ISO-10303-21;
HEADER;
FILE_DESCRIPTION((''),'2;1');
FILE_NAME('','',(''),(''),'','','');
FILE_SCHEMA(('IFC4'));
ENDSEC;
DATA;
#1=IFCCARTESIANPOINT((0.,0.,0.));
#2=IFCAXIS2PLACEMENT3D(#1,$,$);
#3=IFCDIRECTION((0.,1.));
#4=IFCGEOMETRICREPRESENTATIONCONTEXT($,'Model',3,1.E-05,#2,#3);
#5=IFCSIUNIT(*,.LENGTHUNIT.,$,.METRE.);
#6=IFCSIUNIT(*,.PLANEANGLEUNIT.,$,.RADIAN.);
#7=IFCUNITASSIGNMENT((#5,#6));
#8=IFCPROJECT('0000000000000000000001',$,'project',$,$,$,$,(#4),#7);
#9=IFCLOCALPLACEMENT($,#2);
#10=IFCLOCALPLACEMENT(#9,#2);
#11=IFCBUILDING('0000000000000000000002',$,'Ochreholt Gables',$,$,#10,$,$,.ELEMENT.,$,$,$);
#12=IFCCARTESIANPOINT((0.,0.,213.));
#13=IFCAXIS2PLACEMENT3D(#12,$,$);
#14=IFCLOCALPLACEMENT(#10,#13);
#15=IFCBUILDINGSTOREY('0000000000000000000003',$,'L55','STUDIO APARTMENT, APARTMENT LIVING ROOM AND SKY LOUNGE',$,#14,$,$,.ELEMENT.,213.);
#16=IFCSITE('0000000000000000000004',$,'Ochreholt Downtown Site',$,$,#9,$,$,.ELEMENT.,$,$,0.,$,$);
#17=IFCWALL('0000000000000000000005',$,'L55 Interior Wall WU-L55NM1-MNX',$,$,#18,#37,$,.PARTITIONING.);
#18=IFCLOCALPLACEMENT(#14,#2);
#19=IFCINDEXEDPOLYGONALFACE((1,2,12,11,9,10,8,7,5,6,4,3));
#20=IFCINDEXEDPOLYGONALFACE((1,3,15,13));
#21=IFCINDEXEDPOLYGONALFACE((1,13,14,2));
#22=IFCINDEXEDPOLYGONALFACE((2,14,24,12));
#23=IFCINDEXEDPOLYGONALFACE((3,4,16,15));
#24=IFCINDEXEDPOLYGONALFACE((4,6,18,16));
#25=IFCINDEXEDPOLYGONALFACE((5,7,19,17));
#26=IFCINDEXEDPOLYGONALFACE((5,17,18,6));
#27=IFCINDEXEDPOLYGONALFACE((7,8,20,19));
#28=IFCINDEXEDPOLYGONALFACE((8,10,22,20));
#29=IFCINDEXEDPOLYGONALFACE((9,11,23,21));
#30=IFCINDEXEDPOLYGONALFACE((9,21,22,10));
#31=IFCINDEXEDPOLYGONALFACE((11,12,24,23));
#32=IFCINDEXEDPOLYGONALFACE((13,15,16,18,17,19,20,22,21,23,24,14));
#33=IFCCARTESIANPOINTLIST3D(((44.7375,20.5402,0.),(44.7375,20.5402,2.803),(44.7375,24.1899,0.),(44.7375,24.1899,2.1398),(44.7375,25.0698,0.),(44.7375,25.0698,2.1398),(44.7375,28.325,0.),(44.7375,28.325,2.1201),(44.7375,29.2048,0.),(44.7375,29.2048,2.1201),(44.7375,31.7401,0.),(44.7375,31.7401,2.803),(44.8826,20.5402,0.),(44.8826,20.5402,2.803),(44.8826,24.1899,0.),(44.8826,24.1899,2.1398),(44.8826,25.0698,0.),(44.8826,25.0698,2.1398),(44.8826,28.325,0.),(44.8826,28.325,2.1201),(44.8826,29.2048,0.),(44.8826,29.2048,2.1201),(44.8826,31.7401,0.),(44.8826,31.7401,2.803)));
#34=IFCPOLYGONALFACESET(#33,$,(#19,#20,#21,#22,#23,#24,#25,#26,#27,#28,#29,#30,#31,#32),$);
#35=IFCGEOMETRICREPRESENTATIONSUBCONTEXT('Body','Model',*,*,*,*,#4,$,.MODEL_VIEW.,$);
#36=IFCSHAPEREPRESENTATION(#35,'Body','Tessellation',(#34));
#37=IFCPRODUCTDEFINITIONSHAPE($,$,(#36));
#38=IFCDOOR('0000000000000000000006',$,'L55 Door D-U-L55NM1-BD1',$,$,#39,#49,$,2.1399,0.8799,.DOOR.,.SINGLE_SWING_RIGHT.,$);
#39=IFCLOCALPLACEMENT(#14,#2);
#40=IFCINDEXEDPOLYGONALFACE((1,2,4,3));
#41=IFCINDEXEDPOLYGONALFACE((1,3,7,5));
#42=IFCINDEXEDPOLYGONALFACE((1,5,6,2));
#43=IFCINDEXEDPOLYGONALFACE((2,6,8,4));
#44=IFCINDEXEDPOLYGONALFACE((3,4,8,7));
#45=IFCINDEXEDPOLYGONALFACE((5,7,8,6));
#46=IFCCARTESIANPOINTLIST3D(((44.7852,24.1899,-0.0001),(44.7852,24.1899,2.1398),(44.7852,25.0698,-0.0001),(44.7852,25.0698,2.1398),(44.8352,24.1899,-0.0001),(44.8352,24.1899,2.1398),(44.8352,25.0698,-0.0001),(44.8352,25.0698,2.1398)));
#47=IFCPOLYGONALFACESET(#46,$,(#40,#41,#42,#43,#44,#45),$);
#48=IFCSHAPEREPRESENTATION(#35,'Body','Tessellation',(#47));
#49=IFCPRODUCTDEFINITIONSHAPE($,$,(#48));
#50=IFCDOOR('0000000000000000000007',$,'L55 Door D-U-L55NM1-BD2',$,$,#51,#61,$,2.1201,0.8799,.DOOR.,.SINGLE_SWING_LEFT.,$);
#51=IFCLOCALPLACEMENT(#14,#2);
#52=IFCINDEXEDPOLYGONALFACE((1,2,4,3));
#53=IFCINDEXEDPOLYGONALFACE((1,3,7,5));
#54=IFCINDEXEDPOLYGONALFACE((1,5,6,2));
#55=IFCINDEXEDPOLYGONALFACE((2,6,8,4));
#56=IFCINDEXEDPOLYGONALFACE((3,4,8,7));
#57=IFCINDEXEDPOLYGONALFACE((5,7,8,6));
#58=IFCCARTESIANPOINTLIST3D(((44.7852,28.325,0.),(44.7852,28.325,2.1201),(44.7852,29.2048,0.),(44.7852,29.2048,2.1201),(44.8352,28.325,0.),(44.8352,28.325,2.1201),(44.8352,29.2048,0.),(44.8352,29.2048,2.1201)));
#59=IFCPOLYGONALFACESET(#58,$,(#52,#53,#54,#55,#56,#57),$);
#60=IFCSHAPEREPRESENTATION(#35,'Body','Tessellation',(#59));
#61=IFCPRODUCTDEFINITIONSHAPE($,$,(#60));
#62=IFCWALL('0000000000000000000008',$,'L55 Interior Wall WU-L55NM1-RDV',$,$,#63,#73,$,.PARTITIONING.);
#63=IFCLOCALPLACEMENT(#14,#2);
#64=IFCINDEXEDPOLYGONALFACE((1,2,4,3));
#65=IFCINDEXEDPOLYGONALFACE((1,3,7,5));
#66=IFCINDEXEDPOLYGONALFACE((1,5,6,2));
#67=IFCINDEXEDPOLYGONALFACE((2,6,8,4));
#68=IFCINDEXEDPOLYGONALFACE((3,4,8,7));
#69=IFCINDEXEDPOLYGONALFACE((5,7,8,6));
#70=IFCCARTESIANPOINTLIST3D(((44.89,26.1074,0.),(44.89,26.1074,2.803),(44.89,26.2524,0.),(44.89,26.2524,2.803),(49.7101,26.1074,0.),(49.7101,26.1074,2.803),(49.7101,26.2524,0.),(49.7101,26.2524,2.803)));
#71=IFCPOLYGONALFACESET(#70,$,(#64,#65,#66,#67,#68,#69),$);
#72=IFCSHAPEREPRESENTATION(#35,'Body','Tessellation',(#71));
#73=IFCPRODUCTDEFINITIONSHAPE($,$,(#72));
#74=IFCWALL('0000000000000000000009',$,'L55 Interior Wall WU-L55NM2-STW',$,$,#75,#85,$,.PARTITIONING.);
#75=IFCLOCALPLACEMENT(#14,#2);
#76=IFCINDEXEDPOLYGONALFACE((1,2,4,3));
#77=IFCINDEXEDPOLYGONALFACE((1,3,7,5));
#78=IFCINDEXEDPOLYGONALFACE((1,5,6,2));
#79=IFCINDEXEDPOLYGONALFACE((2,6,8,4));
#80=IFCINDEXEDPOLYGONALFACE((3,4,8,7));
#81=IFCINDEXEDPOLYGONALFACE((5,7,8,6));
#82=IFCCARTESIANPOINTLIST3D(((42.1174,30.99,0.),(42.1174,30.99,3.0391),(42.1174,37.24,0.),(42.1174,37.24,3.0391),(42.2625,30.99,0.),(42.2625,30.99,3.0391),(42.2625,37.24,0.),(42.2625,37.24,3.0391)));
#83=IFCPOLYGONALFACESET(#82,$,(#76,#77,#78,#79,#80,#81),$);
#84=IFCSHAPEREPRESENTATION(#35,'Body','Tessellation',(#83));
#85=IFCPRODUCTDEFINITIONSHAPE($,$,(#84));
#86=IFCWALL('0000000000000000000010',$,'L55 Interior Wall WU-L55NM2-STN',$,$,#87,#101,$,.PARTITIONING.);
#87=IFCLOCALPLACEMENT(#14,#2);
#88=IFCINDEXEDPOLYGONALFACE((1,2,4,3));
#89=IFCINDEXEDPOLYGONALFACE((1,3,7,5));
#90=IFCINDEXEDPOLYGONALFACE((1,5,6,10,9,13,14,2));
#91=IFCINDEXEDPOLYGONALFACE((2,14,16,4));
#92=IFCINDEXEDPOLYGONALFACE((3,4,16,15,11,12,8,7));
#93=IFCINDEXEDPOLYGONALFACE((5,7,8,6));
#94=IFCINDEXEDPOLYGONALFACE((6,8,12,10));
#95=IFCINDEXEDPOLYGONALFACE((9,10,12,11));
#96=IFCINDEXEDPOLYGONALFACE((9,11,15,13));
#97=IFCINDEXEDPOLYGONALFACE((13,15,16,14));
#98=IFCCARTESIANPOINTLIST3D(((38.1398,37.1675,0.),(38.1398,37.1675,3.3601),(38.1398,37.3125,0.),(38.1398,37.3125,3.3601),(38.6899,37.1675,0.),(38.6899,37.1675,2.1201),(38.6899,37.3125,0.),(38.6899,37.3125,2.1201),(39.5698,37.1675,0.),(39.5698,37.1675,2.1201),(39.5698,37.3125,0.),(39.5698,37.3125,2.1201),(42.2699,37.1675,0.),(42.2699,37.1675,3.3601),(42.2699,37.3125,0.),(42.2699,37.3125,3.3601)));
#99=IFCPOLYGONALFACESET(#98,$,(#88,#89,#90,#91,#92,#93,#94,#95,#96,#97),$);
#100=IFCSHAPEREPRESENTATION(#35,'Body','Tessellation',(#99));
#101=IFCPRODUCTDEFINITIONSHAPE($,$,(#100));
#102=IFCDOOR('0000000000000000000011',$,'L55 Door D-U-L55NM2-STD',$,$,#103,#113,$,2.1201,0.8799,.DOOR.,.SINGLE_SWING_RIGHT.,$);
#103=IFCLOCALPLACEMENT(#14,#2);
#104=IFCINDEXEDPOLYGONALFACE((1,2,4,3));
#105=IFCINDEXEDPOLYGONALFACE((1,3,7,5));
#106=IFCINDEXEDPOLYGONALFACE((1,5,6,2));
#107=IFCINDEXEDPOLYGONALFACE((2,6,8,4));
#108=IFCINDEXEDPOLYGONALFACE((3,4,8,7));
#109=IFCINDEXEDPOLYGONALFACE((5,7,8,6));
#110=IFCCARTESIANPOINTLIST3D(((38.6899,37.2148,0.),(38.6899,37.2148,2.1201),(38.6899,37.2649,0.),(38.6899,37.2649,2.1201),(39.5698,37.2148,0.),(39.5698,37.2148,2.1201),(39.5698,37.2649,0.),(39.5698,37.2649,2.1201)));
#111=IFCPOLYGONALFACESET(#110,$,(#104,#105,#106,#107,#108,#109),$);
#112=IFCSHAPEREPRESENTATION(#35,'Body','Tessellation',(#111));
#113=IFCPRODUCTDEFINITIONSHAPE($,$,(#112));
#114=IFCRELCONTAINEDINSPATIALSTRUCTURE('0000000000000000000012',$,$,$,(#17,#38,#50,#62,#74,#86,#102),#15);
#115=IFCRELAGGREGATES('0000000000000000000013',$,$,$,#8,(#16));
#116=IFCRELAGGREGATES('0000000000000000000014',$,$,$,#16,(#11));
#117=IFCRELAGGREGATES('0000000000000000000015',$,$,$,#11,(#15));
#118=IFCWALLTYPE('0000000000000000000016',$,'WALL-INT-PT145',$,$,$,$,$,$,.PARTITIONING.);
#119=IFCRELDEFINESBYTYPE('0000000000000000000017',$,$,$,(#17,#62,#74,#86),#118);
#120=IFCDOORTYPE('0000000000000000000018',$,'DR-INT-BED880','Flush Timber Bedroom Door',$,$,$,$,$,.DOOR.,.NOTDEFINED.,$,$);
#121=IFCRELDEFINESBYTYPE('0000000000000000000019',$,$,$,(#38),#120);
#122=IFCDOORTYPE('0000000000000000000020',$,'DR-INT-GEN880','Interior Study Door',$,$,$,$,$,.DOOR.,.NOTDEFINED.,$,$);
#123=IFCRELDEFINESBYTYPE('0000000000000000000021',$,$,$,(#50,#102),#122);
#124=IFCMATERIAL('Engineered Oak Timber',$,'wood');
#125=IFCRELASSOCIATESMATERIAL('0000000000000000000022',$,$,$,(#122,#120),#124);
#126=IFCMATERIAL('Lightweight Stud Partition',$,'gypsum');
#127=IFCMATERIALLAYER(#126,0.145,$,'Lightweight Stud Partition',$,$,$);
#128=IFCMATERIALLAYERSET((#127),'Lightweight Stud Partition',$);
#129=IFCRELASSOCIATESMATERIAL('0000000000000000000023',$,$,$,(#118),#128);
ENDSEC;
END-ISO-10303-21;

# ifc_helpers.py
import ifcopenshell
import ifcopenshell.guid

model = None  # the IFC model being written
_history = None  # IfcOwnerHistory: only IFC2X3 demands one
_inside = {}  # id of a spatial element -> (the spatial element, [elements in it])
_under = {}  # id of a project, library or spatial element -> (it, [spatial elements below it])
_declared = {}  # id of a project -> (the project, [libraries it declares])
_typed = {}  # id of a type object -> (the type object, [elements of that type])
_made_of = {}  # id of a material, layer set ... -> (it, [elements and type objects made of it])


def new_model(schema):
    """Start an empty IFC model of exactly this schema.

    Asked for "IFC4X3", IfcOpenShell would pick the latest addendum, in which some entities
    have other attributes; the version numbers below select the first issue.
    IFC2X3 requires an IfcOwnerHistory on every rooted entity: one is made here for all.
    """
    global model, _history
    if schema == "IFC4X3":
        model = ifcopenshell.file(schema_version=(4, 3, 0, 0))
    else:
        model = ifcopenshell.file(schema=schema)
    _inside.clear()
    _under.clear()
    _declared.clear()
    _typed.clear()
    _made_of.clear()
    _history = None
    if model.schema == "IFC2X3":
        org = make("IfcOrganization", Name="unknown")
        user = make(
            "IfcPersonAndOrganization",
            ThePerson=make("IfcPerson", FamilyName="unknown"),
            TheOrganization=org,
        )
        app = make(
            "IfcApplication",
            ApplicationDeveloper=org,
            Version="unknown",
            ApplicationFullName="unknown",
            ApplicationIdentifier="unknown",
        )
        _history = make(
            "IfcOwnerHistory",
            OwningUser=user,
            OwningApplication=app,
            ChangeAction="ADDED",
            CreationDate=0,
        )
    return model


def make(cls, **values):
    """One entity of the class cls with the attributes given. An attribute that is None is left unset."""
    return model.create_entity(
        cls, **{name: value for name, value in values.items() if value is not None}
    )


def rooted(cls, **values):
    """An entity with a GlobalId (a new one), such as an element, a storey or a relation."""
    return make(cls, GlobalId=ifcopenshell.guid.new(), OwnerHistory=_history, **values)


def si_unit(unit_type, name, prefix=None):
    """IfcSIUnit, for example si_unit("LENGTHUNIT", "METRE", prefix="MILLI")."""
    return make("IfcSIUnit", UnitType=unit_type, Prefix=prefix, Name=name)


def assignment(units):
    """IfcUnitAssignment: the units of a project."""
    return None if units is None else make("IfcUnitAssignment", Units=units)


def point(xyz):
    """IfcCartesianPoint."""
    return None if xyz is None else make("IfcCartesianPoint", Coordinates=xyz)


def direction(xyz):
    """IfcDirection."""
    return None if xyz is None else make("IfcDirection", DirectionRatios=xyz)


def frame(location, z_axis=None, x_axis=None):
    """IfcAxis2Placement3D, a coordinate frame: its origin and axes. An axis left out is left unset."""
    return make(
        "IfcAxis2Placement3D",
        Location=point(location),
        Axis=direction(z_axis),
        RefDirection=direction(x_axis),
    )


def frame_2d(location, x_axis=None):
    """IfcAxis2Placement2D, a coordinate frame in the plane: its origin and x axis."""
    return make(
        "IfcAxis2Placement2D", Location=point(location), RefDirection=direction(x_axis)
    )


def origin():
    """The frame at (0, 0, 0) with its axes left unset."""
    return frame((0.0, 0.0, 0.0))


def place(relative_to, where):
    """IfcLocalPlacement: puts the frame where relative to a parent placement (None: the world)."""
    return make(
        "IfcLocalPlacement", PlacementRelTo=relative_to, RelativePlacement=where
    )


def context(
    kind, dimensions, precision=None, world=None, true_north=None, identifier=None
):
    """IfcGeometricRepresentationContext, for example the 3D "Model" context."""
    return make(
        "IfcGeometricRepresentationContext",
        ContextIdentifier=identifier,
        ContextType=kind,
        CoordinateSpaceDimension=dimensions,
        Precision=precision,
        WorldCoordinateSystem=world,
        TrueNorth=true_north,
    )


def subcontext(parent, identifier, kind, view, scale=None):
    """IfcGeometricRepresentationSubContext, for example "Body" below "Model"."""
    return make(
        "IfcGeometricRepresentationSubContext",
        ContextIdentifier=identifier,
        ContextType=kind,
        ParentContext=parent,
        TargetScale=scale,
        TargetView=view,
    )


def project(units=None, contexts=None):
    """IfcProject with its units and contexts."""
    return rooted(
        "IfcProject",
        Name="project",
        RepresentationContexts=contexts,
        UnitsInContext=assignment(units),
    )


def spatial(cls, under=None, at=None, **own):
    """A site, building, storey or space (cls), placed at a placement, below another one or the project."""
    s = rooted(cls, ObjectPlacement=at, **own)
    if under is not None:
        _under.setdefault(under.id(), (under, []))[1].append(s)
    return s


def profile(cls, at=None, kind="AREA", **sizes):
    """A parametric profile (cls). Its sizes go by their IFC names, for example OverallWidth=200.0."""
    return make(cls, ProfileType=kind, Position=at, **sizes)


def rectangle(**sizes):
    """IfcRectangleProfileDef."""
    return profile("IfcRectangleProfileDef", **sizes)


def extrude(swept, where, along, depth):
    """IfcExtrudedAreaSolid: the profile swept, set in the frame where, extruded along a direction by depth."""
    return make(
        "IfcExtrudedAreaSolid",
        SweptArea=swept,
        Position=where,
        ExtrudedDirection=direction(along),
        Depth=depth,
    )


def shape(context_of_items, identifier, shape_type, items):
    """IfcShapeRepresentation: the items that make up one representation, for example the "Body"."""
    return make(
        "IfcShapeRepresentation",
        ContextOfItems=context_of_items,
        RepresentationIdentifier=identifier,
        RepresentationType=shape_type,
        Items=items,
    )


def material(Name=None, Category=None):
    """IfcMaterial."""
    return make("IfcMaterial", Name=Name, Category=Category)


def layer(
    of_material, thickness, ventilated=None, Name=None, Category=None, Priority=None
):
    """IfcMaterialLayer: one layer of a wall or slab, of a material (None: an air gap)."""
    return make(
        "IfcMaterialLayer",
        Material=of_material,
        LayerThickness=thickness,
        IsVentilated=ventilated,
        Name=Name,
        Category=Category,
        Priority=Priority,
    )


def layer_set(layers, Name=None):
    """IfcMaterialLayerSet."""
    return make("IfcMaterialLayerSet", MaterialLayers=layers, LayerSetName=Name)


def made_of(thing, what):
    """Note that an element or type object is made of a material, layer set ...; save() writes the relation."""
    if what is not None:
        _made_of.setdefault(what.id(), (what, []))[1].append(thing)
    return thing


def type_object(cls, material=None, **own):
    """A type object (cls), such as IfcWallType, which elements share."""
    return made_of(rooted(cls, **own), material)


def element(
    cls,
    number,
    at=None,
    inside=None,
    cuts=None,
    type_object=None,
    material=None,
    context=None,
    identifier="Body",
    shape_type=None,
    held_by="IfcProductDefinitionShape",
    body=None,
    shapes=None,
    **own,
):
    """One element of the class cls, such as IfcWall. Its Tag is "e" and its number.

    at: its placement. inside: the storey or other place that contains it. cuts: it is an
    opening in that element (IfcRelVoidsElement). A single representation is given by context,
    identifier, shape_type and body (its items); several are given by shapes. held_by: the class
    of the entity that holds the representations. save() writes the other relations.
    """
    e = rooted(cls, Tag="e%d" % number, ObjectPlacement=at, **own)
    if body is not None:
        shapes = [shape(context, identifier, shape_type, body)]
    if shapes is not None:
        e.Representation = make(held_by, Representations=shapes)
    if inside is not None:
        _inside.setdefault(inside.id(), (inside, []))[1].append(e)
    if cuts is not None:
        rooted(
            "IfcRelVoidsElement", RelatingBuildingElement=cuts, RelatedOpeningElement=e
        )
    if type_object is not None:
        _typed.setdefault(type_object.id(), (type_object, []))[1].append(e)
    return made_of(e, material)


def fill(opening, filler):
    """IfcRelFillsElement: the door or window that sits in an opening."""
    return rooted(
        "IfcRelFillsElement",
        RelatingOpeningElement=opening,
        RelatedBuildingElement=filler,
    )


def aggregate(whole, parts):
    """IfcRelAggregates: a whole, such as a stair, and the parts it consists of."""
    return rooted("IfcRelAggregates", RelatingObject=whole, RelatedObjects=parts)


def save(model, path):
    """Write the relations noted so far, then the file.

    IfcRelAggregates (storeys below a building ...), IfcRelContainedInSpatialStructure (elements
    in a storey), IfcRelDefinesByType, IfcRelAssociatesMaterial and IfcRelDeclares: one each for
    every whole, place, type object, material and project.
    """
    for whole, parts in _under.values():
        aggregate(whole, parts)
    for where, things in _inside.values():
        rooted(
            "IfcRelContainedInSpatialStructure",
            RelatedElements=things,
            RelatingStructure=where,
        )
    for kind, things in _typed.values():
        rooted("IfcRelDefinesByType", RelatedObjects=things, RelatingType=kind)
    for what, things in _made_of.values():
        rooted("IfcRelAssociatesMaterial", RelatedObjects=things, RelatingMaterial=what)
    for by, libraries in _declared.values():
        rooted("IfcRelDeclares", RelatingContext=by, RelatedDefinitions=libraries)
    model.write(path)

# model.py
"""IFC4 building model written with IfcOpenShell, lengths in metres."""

from ifc_helpers import new_model, si_unit, direction, frame, frame_2d, origin, place, context, subcontext, project, spatial, rectangle, extrude, material, layer, layer_set, type_object, element, fill, save


model = new_model("IFC4")

# Units and contexts
model_context = context("Model", 3, precision=1e-05, world=origin(), true_north=direction((0.0, 1.0)))
body_context = subcontext(model_context, "Body", "Model", "MODEL_VIEW")
ifc_project = project(units=[si_unit("LENGTHUNIT", "METRE"), si_unit("PLANEANGLEUNIT", "RADIAN")], contexts=[model_context])

# Site, building, storey
site_placement = place(None, origin())
site = spatial("IfcSite", under=ifc_project, at=site_placement, Name="Ochreholt Downtown Site", CompositionType="ELEMENT", RefElevation=0.0)
building_placement = place(site_placement, origin())
building = spatial("IfcBuilding", under=site, at=building_placement, Name="Ochreholt Gables", CompositionType="ELEMENT")
storey_placement = place(building_placement, frame((0.0, 0.0, 213.0)))
storey = spatial("IfcBuildingStorey", under=building, at=storey_placement, Name="L55", Description="STUDIO APARTMENT, APARTMENT LIVING ROOM AND SKY LOUNGE", CompositionType="ELEMENT", Elevation=213.0)

# Shared definitions
ifc_material_1 = material(Name="Engineered Oak Timber", Category="wood")
door_type_1 = type_object("IfcDoorType", Name="DR-INT-GEN880", Description="Interior Study Door", OperationType="NOTDEFINED", PredefinedType="DOOR", material=ifc_material_1)

# Shared definitions
ifc_material_2 = material(Name="Lightweight Stud Partition", Category="gypsum")
ifc_layer_1 = layer(ifc_material_2, 0.145, Name="Lightweight Stud Partition")
ifc_layer_set_1 = layer_set([ifc_layer_1], Name="Lightweight Stud Partition")
wall_type_1 = type_object("IfcWallType", Name="WALL-INT-PT145", PredefinedType="PARTITIONING", material=ifc_layer_set_1)

# Wall, openings, doors
wall_1_placement = place(storey_placement, frame((44.8101, 20.54, 0.0), z_axis=(0.0, 0.0, 1.0), x_axis=(0.0, 1.0, 0.0)))
wall_1 = element("IfcWall", 1, at=wall_1_placement, inside=storey, type_object=wall_type_1, Name="L55 Interior Wall WU-L55NM1-MNX", PredefinedType="PARTITIONING", context=body_context, shape_type="SweptSolid", body=[
    extrude(rectangle(XDim=11.2, YDim=0.145, at=frame_2d((5.6001, 0.0))), origin(), (0.0, 0.0, 1.0), 2.803),
])
opening_1_placement = place(wall_1_placement, frame((3.6499, 0.0, 0.0)))
opening_1 = element("IfcOpeningElement", 2, at=opening_1_placement, cuts=wall_1, PredefinedType="OPENING", context=body_context, shape_type="SweptSolid", body=[
    extrude(rectangle(XDim=0.8799, YDim=2.1399, at=frame_2d((0.4399, 1.0698))), frame((0.0, 0.0825, 0.0), z_axis=(0.0, -1.0, 0.0), x_axis=(1.0, 0.0, 0.0)), (0.0, 0.0, 1.0), 0.165),
])
opening_2_placement = place(wall_1_placement, frame((7.7849, 0.0, 0.0)))
opening_2 = element("IfcOpeningElement", 3, at=opening_2_placement, cuts=wall_1, PredefinedType="OPENING", context=body_context, shape_type="SweptSolid", body=[
    extrude(rectangle(XDim=0.8799, YDim=2.1201, at=frame_2d((0.4399, 1.0601))), frame((0.0, 0.0825, 0.0), z_axis=(0.0, -1.0, 0.0), x_axis=(1.0, 0.0, 0.0)), (0.0, 0.0, 1.0), 0.165),
])
door_type_2 = type_object("IfcDoorType", Name="DR-INT-BED880", Description="Flush Timber Bedroom Door", OperationType="NOTDEFINED", PredefinedType="DOOR", material=ifc_material_1)
door_1_placement = place(opening_1_placement, origin())
door_1 = element("IfcDoor", 4, at=door_1_placement, inside=storey, type_object=door_type_2, Name="L55 Door D-U-L55NM1-BD1", OperationType="SINGLE_SWING_RIGHT", OverallHeight=2.1399, OverallWidth=0.8799, PredefinedType="DOOR", context=body_context, shape_type="SweptSolid", body=[
    extrude(rectangle(XDim=0.8799, YDim=2.1399, at=frame_2d((0.4399, 1.0698))), frame((0.0, 0.0249, 0.0), z_axis=(0.0, -1.0, 0.0), x_axis=(1.0, 0.0, 0.0)), (0.0, 0.0, 1.0), 0.05),
])
fill(opening_1, door_1)
door_2_placement = place(opening_2_placement, origin())
door_2 = element("IfcDoor", 5, at=door_2_placement, inside=storey, type_object=door_type_1, Name="L55 Door D-U-L55NM1-BD2", OperationType="SINGLE_SWING_LEFT", OverallHeight=2.1201, OverallWidth=0.8799, PredefinedType="DOOR", context=body_context, shape_type="SweptSolid", body=[
    extrude(rectangle(XDim=0.8799, YDim=2.1201, at=frame_2d((0.4399, 1.0601))), frame((0.0, 0.0249, 0.0), z_axis=(0.0, -1.0, 0.0), x_axis=(1.0, 0.0, 0.0)), (0.0, 0.0, 1.0), 0.05),
])
fill(opening_2, door_2)

# Walls
wall_2_placement = place(storey_placement, frame((44.8899, 26.1799, 0.0), z_axis=(0.0, 0.0, 1.0), x_axis=(1.0, 0.0, 0.0)))
element("IfcWall", 6, at=wall_2_placement, inside=storey, type_object=wall_type_1, Name="L55 Interior Wall WU-L55NM1-RDV", PredefinedType="PARTITIONING", context=body_context, shape_type="SweptSolid", body=[
    extrude(rectangle(XDim=4.8201, YDim=0.145, at=frame_2d((2.4102, 0.0))), origin(), (0.0, 0.0, 1.0), 2.803),
])
wall_3_placement = place(storey_placement, frame((42.1899, 30.99, 0.0), z_axis=(0.0, 0.0, 1.0), x_axis=(0.0, 1.0, 0.0)))
element("IfcWall", 7, at=wall_3_placement, inside=storey, type_object=wall_type_1, Name="L55 Interior Wall WU-L55NM2-STW", PredefinedType="PARTITIONING", context=body_context, shape_type="SweptSolid", body=[
    extrude(rectangle(XDim=6.25, YDim=0.145, at=frame_2d((3.125, 0.0))), origin(), (0.0, 0.0, 1.0), 3.0391),
])

# Wall, opening, door
wall_4_placement = place(storey_placement, frame((38.1399, 37.24, 0.0), z_axis=(0.0, 0.0, 1.0), x_axis=(1.0, 0.0, 0.0)))
wall_4 = element("IfcWall", 8, at=wall_4_placement, inside=storey, type_object=wall_type_1, Name="L55 Interior Wall WU-L55NM2-STN", PredefinedType="PARTITIONING", context=body_context, shape_type="SweptSolid", body=[
    extrude(rectangle(XDim=4.1301, YDim=0.145, at=frame_2d((2.0649, 0.0))), origin(), (0.0, 0.0, 1.0), 3.3601),
])
opening_3_placement = place(wall_4_placement, frame((0.55, 0.0, 0.0)))
opening_3 = element("IfcOpeningElement", 9, at=opening_3_placement, cuts=wall_4, PredefinedType="OPENING", context=body_context, shape_type="SweptSolid", body=[
    extrude(rectangle(XDim=0.8799, YDim=2.1201, at=frame_2d((0.4399, 1.0601))), frame((0.0, 0.0825, 0.0), z_axis=(0.0, -1.0, 0.0), x_axis=(1.0, 0.0, 0.0)), (0.0, 0.0, 1.0), 0.165),
])
door_3_placement = place(opening_3_placement, origin())
door_3 = element("IfcDoor", 10, at=door_3_placement, inside=storey, type_object=door_type_1, Name="L55 Door D-U-L55NM2-STD", OperationType="SINGLE_SWING_RIGHT", OverallHeight=2.1201, OverallWidth=0.8799, PredefinedType="DOOR", context=body_context, shape_type="SweptSolid", body=[
    extrude(rectangle(XDim=0.8799, YDim=2.1201, at=frame_2d((0.4399, 1.0601))), frame((0.0, 0.0249, 0.0), z_axis=(0.0, -1.0, 0.0), x_axis=(1.0, 0.0, 0.0)), (0.0, 0.0, 1.0), 0.05),
])
fill(opening_3, door_3)

save(model, "model.ifc")
